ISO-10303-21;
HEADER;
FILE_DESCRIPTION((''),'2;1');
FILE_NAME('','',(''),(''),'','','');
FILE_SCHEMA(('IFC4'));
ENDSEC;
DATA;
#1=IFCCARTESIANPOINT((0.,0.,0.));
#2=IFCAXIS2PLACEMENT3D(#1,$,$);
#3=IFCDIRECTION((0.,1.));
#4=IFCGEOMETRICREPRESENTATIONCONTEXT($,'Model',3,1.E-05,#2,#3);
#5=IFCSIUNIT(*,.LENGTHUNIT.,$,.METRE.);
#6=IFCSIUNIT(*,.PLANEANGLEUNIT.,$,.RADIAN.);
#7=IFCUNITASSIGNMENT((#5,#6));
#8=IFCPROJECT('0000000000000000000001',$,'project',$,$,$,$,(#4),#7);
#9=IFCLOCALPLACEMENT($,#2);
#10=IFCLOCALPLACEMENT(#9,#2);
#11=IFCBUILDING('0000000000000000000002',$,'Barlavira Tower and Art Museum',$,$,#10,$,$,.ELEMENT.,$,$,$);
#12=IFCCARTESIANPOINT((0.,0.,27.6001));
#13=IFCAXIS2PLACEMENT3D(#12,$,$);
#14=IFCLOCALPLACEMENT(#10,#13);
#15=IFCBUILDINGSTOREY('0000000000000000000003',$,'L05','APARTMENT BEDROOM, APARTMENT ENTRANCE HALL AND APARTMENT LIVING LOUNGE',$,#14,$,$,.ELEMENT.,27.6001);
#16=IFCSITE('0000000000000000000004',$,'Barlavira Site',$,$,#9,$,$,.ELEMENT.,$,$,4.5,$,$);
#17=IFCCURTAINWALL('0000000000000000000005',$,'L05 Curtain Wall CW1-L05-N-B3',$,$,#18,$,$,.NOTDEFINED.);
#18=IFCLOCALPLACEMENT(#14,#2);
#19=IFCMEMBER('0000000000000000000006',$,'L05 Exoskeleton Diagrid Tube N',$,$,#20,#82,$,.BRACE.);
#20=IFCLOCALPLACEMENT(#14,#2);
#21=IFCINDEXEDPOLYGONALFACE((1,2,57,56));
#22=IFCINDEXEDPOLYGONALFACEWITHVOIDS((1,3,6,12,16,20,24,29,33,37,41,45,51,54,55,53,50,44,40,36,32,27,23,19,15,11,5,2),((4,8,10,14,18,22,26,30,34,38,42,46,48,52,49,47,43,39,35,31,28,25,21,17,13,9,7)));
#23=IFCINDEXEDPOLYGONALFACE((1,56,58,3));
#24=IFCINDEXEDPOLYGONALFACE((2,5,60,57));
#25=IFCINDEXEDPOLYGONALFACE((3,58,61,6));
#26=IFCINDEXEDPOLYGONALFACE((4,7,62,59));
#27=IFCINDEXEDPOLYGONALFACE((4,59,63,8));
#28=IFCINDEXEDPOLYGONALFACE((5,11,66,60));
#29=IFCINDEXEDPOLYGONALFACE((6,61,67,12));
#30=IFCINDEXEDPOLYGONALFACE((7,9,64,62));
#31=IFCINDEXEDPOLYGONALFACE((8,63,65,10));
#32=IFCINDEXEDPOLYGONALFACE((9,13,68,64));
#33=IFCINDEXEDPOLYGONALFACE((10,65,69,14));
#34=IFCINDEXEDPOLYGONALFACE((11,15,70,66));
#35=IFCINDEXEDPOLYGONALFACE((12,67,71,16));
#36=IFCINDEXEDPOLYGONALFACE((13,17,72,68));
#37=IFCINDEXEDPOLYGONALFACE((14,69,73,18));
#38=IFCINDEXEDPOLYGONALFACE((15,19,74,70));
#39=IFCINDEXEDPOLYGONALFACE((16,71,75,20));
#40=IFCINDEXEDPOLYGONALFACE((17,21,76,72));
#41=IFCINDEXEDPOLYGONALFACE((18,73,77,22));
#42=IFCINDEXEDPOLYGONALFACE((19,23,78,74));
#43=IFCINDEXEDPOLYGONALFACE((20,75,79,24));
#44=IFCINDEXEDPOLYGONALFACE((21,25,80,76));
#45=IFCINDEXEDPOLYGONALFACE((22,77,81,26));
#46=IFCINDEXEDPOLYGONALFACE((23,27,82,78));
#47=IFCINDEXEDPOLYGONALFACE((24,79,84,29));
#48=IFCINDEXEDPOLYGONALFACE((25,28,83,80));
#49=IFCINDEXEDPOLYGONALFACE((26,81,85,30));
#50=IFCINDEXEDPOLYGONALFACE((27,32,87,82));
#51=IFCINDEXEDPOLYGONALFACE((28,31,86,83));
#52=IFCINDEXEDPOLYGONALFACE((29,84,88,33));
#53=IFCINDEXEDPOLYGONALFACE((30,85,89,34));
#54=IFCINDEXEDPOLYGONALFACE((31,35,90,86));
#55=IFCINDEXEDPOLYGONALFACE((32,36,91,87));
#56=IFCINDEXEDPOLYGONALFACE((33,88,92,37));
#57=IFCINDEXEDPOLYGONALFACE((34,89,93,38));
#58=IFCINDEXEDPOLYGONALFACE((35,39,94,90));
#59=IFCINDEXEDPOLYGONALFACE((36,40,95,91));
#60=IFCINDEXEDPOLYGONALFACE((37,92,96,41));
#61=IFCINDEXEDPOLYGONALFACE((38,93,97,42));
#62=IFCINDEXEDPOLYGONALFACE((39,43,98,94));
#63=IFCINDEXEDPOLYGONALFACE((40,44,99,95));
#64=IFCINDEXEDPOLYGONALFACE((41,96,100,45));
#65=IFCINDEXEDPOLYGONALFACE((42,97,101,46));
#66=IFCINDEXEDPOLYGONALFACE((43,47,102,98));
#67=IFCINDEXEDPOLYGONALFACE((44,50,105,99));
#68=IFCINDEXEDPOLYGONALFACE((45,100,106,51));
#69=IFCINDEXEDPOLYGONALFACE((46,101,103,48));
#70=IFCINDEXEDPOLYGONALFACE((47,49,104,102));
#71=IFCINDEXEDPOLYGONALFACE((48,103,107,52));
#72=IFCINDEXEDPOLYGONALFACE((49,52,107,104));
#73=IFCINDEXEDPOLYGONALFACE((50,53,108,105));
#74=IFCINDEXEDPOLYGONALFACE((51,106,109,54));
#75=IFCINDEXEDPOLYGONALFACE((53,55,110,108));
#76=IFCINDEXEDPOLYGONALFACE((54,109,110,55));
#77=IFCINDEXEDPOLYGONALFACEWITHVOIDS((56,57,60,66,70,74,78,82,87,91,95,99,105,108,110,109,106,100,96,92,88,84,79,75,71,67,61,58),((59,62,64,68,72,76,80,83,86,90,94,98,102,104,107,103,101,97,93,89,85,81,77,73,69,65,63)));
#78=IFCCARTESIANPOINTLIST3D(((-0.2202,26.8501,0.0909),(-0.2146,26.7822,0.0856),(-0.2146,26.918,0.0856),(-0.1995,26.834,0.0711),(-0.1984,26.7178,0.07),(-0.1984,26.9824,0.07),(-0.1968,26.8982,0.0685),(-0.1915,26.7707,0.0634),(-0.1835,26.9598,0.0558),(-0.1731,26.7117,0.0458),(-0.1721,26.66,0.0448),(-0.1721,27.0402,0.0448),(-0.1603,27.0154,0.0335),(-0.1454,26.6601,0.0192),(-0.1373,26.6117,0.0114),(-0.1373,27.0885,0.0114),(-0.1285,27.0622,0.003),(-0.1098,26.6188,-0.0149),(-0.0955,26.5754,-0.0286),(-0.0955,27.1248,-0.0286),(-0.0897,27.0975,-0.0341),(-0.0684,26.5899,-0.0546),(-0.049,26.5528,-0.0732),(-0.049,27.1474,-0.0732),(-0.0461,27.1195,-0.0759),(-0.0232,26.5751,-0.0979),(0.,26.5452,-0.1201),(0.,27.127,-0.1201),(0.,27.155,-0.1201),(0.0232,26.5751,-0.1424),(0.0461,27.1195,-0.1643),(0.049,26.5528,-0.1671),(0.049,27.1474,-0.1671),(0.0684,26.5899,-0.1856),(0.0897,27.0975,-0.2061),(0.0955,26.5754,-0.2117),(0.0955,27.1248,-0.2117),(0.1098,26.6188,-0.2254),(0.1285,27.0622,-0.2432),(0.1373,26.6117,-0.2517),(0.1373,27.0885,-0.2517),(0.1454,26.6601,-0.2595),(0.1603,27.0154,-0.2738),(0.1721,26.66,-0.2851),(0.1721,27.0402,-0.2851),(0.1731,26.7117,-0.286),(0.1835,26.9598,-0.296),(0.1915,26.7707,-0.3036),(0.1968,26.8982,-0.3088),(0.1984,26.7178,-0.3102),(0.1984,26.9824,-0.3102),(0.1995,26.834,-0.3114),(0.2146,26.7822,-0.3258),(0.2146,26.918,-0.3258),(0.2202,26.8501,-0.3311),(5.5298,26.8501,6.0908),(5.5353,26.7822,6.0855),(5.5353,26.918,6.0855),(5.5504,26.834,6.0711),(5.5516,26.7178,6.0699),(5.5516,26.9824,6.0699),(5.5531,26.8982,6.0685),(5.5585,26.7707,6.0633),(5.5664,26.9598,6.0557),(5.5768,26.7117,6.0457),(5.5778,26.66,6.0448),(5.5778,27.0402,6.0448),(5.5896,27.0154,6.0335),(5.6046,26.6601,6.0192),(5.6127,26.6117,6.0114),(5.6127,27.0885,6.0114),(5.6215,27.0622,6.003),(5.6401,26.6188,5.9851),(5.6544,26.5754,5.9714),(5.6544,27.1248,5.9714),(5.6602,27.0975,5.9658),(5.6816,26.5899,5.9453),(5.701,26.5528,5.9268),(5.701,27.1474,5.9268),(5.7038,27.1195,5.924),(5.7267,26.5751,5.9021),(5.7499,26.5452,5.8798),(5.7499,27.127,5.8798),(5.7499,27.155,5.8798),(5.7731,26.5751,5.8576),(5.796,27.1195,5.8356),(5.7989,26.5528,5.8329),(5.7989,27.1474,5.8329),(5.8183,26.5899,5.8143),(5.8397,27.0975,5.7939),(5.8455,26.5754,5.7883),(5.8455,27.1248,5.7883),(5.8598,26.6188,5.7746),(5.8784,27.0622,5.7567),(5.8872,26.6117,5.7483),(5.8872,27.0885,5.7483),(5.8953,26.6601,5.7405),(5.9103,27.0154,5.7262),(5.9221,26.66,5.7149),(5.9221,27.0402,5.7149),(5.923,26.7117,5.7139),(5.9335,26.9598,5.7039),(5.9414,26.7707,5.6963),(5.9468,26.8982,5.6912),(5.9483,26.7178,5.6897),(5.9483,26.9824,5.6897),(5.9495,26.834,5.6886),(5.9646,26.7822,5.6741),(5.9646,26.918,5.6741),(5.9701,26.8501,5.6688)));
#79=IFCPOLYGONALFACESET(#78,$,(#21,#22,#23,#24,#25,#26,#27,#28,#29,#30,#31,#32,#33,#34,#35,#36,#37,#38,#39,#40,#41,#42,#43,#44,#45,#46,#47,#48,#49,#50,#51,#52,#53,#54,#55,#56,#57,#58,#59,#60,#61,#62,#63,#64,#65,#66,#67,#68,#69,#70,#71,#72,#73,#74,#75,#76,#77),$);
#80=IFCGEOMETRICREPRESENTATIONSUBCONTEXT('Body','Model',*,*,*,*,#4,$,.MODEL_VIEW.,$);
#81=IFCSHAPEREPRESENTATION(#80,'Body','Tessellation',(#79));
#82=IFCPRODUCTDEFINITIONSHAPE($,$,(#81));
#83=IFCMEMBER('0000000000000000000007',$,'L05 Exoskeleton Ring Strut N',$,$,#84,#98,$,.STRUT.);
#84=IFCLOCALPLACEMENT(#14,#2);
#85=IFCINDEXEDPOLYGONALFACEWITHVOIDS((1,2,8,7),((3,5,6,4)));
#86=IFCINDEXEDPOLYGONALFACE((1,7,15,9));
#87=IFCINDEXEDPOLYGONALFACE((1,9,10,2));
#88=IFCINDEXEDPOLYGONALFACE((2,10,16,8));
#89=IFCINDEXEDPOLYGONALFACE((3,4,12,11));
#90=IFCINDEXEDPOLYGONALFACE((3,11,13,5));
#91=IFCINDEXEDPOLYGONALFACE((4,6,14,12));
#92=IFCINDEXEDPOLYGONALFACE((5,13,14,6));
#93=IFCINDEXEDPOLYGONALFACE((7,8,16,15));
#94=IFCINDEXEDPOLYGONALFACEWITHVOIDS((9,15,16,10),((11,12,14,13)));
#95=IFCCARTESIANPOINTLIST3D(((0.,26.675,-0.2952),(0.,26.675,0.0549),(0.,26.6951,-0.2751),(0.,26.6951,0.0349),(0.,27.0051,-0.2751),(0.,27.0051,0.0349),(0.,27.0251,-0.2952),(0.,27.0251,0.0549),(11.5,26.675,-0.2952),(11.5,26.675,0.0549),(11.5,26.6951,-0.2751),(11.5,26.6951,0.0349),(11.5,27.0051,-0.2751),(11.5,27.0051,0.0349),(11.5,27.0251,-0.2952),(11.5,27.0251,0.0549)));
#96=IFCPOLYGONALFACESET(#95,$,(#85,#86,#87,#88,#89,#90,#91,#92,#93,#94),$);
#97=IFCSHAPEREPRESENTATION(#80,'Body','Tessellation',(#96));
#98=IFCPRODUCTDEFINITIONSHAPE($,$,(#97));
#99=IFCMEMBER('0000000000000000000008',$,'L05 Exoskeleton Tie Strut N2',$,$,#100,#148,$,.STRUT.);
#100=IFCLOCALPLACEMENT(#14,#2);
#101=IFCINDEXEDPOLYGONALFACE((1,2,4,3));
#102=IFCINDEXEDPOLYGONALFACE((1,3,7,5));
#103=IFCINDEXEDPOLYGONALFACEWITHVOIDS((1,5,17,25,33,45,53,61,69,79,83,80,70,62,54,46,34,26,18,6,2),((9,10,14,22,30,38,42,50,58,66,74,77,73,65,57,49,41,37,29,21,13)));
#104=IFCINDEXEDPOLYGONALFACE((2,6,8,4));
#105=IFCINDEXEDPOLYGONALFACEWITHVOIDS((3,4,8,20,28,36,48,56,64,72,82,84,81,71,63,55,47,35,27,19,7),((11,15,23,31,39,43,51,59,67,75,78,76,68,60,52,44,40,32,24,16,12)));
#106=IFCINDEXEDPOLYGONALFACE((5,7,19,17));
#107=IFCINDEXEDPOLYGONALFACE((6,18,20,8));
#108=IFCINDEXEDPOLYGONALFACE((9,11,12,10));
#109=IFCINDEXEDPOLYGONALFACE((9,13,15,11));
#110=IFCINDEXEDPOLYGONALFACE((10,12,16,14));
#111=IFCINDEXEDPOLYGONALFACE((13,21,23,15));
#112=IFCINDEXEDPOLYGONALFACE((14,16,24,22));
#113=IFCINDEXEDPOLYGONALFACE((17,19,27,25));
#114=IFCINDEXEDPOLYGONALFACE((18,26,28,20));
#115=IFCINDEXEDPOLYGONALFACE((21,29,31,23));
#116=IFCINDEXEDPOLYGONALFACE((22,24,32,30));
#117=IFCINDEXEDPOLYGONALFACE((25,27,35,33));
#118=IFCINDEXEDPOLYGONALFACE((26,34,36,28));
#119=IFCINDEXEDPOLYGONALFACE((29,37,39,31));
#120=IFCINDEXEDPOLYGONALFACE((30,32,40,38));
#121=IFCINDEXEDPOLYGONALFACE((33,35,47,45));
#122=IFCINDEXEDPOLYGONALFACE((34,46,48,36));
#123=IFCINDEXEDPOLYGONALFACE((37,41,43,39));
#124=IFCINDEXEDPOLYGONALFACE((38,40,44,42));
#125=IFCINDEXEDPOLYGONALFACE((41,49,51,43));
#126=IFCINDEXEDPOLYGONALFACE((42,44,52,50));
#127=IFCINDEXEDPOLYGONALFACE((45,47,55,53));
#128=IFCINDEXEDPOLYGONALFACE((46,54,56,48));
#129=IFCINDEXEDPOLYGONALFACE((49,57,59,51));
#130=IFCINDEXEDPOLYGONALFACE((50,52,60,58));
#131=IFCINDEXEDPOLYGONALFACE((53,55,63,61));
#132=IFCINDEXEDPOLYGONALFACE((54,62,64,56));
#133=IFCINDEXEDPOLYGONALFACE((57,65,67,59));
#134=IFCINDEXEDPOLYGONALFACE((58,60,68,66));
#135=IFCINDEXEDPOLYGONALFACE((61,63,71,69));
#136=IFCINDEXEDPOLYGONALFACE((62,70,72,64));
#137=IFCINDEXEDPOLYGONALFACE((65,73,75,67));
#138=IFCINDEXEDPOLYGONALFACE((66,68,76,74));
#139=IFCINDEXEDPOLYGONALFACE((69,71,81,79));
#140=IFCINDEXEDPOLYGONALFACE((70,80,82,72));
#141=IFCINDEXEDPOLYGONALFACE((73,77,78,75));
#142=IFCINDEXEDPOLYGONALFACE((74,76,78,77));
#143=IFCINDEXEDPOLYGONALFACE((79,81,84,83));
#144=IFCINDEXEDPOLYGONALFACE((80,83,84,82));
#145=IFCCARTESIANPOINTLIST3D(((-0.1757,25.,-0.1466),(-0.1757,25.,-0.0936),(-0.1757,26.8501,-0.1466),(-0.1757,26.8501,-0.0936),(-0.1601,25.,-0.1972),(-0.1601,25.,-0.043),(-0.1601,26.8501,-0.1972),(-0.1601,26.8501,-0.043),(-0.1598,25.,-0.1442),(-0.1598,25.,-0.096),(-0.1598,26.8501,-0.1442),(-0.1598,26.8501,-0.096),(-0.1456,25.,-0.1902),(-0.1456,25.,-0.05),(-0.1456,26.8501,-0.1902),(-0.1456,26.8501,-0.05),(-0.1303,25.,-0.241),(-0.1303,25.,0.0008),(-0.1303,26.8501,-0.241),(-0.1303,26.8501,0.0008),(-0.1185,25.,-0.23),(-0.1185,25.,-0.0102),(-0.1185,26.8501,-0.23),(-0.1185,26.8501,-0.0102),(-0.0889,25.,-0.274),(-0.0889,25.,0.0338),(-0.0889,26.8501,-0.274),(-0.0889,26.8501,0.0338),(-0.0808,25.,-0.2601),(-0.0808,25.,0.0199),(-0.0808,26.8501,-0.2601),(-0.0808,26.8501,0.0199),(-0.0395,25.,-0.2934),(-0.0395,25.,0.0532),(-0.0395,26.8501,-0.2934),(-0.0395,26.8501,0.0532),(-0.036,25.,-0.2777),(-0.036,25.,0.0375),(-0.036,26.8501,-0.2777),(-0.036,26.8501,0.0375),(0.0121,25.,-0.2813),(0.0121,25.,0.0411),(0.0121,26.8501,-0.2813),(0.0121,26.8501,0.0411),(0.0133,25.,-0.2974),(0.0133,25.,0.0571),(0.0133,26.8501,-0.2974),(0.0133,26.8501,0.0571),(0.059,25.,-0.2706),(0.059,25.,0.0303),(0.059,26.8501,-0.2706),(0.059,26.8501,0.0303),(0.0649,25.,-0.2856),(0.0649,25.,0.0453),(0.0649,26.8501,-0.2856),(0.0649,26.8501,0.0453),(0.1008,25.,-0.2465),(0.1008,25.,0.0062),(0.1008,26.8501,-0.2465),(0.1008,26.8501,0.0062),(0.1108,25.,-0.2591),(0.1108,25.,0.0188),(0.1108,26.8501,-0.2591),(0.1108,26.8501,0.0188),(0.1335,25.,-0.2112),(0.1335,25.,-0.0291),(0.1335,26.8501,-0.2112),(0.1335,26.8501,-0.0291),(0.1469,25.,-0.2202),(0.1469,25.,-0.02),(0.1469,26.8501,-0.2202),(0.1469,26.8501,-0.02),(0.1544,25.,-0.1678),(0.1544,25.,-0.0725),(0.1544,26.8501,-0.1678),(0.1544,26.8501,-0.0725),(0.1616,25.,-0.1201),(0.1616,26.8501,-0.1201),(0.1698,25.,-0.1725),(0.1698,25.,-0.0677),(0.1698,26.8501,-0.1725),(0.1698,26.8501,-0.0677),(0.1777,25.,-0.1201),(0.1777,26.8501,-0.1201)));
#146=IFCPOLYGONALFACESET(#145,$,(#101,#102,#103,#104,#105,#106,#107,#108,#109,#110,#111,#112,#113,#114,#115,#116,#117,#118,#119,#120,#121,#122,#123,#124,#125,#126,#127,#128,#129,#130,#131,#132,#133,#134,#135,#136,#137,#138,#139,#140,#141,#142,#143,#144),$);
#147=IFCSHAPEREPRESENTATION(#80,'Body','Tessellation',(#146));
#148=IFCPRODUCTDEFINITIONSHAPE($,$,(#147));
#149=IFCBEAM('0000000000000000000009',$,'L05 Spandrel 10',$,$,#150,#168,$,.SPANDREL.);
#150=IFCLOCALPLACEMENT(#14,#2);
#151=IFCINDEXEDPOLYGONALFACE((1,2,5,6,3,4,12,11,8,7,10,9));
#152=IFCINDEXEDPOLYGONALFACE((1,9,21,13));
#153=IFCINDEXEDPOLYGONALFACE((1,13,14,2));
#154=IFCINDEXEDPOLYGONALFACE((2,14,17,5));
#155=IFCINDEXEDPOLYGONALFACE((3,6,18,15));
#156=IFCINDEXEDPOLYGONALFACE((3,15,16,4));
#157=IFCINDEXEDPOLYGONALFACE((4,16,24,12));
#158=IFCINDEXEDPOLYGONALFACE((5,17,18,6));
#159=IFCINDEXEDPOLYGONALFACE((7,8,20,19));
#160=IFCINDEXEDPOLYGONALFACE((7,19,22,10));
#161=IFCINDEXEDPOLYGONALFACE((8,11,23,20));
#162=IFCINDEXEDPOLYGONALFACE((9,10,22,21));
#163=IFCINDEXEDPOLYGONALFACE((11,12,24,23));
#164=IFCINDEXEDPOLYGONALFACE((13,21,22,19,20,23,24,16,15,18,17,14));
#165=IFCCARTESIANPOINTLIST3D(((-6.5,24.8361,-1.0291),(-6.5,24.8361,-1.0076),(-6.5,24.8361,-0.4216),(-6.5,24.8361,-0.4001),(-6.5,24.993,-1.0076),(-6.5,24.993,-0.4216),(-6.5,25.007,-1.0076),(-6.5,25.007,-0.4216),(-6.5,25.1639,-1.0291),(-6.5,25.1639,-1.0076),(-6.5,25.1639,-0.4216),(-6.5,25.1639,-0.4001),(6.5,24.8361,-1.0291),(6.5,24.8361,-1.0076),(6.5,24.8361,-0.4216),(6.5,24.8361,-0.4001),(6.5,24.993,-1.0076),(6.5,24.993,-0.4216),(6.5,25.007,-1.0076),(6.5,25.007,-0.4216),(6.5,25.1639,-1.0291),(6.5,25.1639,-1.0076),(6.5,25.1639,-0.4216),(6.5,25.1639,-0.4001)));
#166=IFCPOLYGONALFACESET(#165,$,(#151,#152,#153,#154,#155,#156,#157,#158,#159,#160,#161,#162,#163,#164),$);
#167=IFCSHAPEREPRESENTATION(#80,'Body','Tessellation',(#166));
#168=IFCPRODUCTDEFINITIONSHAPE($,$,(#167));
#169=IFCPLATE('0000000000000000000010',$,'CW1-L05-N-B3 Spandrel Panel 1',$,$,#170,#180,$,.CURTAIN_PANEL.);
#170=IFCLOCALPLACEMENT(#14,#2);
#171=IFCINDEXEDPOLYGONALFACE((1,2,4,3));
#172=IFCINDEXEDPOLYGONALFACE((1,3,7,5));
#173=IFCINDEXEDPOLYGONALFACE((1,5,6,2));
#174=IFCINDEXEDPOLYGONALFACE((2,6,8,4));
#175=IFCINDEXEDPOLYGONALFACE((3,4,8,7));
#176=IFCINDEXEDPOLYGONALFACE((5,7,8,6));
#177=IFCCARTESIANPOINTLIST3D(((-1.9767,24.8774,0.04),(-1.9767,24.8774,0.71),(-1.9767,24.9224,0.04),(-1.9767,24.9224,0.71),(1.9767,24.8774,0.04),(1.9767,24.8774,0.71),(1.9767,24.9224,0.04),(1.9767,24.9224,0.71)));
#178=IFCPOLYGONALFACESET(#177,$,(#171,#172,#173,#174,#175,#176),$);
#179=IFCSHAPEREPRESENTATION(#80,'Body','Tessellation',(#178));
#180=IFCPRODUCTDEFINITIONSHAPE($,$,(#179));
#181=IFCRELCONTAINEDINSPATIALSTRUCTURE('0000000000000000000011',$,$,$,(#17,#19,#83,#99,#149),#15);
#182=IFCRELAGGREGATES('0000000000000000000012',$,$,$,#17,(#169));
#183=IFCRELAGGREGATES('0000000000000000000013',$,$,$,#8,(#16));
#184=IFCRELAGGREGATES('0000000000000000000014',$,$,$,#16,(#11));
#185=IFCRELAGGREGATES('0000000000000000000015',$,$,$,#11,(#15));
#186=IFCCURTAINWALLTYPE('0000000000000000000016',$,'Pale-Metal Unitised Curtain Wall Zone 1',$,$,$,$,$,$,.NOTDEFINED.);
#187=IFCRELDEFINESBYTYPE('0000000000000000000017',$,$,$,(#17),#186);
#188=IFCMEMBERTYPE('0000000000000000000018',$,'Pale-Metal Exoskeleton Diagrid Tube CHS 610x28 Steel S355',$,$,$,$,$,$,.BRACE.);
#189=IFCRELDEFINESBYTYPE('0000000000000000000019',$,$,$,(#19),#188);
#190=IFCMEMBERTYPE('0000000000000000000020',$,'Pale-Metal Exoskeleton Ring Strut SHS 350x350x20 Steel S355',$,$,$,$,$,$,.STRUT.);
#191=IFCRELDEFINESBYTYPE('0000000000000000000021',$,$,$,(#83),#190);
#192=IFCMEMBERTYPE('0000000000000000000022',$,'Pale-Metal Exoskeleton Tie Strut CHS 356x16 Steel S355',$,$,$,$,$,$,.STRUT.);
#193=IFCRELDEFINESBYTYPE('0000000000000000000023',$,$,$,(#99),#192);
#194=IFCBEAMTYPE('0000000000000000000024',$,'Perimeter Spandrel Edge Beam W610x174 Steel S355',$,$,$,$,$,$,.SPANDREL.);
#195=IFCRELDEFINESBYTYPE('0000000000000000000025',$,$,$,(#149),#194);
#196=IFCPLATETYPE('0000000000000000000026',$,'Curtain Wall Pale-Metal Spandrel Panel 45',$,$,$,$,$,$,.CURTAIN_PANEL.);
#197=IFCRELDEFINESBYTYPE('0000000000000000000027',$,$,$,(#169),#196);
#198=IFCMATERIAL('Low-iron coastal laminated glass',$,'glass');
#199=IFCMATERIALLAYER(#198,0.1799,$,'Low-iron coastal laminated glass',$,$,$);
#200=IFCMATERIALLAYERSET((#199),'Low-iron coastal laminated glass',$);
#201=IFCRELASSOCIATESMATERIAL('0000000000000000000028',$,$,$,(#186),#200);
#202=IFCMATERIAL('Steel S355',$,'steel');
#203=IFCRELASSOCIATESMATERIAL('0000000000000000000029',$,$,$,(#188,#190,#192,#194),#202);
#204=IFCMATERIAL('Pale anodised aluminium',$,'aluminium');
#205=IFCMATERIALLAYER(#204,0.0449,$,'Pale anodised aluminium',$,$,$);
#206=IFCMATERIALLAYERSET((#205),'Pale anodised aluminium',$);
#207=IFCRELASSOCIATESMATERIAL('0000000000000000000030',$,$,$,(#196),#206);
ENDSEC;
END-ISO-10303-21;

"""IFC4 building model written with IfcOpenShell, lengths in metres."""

from ifc_helpers import new_model, si_unit, direction, frame, origin, origin_2d, place, context, subcontext, project, spatial, rectangle, hollow_rectangle, hollow_circle, i_section, extrude, material, layer, layer_set, material_profile, profile_set, type_object, element, aggregate, save


model = new_model("IFC4")

# Units and contexts
model_context = context("Model", 3, precision=1e-05, world=origin(), true_north=direction((0.0, 1.0)))
body_context = subcontext(model_context, "Body", "Model", "MODEL_VIEW")
ifc_project = project(units=[si_unit("LENGTHUNIT", "METRE"), si_unit("PLANEANGLEUNIT", "RADIAN")], contexts=[model_context])

# Site, building, storey
site_placement = place(None, origin())
site = spatial("IfcSite", under=ifc_project, at=site_placement, Name="Barlavira Site", CompositionType="ELEMENT", RefElevation=4.5)
building_placement = place(site_placement, origin())
building = spatial("IfcBuilding", under=site, at=building_placement, Name="Barlavira Tower and Art Museum", CompositionType="ELEMENT")
storey_placement = place(building_placement, frame((0.0, 0.0, 27.6001)))
storey = spatial("IfcBuildingStorey", under=building, at=storey_placement, Name="L05", Description="APARTMENT BEDROOM, APARTMENT ENTRANCE HALL AND APARTMENT LIVING LOUNGE", CompositionType="ELEMENT", Elevation=27.6001)

# Curtain wall
ifc_material_1 = material(Name="Low-iron coastal laminated glass", Category="glass")
ifc_layer_1 = layer(ifc_material_1, 0.1799, Name="Low-iron coastal laminated glass")
ifc_layer_set_1 = layer_set([ifc_layer_1], Name="Low-iron coastal laminated glass")
curtain_wall_type = type_object("IfcCurtainWallType", Name="Pale-Metal Unitised Curtain Wall Zone 1", PredefinedType="NOTDEFINED", material=ifc_layer_set_1)
curtain_wall_placement = place(storey_placement, origin())
curtain_wall = element("IfcCurtainWall", 1, at=curtain_wall_placement, inside=storey, type_object=curtain_wall_type, Name="L05 Curtain Wall CW1-L05-N-B3", PredefinedType="NOTDEFINED")
ifc_material_2 = material(Name="Pale anodised aluminium", Category="aluminium")

# Members
ifc_material_3 = material(Name="Steel S355", Category="steel")
ifc_material_profile_1 = material_profile(ifc_material_3, hollow_circle(Radius=0.3049, WallThickness=0.0281, at=origin_2d()), Name="CHS 610.0x28.0")
ifc_profile_set_1 = profile_set([ifc_material_profile_1], Name="Steel S355")
member_type_1 = type_object("IfcMemberType", Name="Pale-Metal Exoskeleton Diagrid Tube CHS 610x28 Steel S355", PredefinedType="BRACE", material=ifc_profile_set_1)
for number, where, z_axis, x_axis, name in (
    (2, (0.0, 26.8501, -0.1201), (0.691905, 0.0, 0.721988), (0.0, 1.0, 0.0), "L05 Exoskeleton Diagrid Tube N"),
):
    element("IfcMember", number, at=place(storey_placement, frame(where, z_axis=z_axis, x_axis=x_axis)), inside=storey, type_object=member_type_1, Name=name, PredefinedType="BRACE", context=body_context, shape_type="SweptSolid", body=[
        extrude(hollow_circle(Radius=0.3049, WallThickness=0.0281, at=origin_2d()), origin(), (0.0, 0.0, 1.0), 8.3103),
    ])
ifc_material_profile_2 = material_profile(ifc_material_3, hollow_rectangle(XDim=0.3501, YDim=0.3501, WallThickness=0.02, at=origin_2d()), Name="SHS 350x350x20.0")
ifc_profile_set_2 = profile_set([ifc_material_profile_2], Name="Steel S355")
member_type_2 = type_object("IfcMemberType", Name="Pale-Metal Exoskeleton Ring Strut SHS 350x350x20 Steel S355", PredefinedType="STRUT", material=ifc_profile_set_2)
member_1_placement = place(storey_placement, frame((0.0, 26.8501, -0.1201), z_axis=(1.0, 0.0, 0.0), x_axis=(0.0, 1.0, 0.0)))
element("IfcMember", 3, at=member_1_placement, inside=storey, type_object=member_type_2, Name="L05 Exoskeleton Ring Strut N", PredefinedType="STRUT", context=body_context, shape_type="SweptSolid", body=[
    extrude(hollow_rectangle(XDim=0.3501, YDim=0.3501, WallThickness=0.02, at=origin_2d()), origin(), (0.0, 0.0, 1.0), 11.5),
])
ifc_material_profile_3 = material_profile(ifc_material_3, hollow_circle(Radius=0.1777, WallThickness=0.0161, at=origin_2d()), Name="CHS 355.6x16.0")
ifc_profile_set_3 = profile_set([ifc_material_profile_3], Name="Steel S355")
member_type_3 = type_object("IfcMemberType", Name="Pale-Metal Exoskeleton Tie Strut CHS 356x16 Steel S355", PredefinedType="STRUT", material=ifc_profile_set_3)
member_2_placement = place(storey_placement, frame((0.0, 26.8501, -0.1201), z_axis=(0.0, -1.0, 0.0), x_axis=(1.0, 0.0, 0.0)))
element("IfcMember", 4, at=member_2_placement, inside=storey, type_object=member_type_3, Name="L05 Exoskeleton Tie Strut N2", PredefinedType="STRUT", context=body_context, shape_type="SweptSolid", body=[
    extrude(hollow_circle(Radius=0.1777, WallThickness=0.0161, at=origin_2d()), origin(), (0.0, 0.0, 1.0), 1.8501),
])

# Beam
ifc_material_profile_4 = material_profile(ifc_material_3, i_section(OverallWidth=0.3279, OverallDepth=0.6289, WebThickness=0.0139, FlangeThickness=0.0215, at=origin_2d()), Name="W610x174.0")
ifc_profile_set_4 = profile_set([ifc_material_profile_4], Name="Steel S355")
beam_type = type_object("IfcBeamType", Name="Perimeter Spandrel Edge Beam W610x174 Steel S355", PredefinedType="SPANDREL", material=ifc_profile_set_4)
beam_placement = place(storey_placement, frame((-6.5, 25.0, -0.7146), z_axis=(1.0, 0.0, 0.0), x_axis=(0.0, 1.0, 0.0)))
element("IfcBeam", 5, at=beam_placement, inside=storey, type_object=beam_type, Name="L05 Spandrel 10", PredefinedType="SPANDREL", context=body_context, shape_type="SweptSolid", body=[
    extrude(i_section(OverallWidth=0.3279, OverallDepth=0.6289, WebThickness=0.0139, FlangeThickness=0.0215, at=origin_2d()), origin(), (0.0, 0.0, 1.0), 13.0),
])

# Plate
ifc_layer_2 = layer(ifc_material_2, 0.0449, Name="Pale anodised aluminium")
ifc_layer_set_2 = layer_set([ifc_layer_2], Name="Pale anodised aluminium")
plate_type_1 = type_object("IfcPlateType", Name="Curtain Wall Pale-Metal Spandrel Panel 45", PredefinedType="CURTAIN_PANEL", material=ifc_layer_set_2)
plate_1_placement = place(storey_placement, frame((0.0, 24.8999, 0.04), z_axis=(0.0, 0.0, 1.0), x_axis=(-1.0, 0.0, 0.0)))
plate_1 = element("IfcPlate", 6, at=plate_1_placement, type_object=plate_type_1, Name="CW1-L05-N-B3 Spandrel Panel 1", PredefinedType="CURTAIN_PANEL", context=body_context, shape_type="SweptSolid", body=[
    extrude(rectangle(XDim=3.9534, YDim=0.0449, at=origin_2d()), origin(), (0.0, 0.0, 1.0), 0.6699),
])
aggregate(curtain_wall, [plate_1])

save(model, "model.ifc")
